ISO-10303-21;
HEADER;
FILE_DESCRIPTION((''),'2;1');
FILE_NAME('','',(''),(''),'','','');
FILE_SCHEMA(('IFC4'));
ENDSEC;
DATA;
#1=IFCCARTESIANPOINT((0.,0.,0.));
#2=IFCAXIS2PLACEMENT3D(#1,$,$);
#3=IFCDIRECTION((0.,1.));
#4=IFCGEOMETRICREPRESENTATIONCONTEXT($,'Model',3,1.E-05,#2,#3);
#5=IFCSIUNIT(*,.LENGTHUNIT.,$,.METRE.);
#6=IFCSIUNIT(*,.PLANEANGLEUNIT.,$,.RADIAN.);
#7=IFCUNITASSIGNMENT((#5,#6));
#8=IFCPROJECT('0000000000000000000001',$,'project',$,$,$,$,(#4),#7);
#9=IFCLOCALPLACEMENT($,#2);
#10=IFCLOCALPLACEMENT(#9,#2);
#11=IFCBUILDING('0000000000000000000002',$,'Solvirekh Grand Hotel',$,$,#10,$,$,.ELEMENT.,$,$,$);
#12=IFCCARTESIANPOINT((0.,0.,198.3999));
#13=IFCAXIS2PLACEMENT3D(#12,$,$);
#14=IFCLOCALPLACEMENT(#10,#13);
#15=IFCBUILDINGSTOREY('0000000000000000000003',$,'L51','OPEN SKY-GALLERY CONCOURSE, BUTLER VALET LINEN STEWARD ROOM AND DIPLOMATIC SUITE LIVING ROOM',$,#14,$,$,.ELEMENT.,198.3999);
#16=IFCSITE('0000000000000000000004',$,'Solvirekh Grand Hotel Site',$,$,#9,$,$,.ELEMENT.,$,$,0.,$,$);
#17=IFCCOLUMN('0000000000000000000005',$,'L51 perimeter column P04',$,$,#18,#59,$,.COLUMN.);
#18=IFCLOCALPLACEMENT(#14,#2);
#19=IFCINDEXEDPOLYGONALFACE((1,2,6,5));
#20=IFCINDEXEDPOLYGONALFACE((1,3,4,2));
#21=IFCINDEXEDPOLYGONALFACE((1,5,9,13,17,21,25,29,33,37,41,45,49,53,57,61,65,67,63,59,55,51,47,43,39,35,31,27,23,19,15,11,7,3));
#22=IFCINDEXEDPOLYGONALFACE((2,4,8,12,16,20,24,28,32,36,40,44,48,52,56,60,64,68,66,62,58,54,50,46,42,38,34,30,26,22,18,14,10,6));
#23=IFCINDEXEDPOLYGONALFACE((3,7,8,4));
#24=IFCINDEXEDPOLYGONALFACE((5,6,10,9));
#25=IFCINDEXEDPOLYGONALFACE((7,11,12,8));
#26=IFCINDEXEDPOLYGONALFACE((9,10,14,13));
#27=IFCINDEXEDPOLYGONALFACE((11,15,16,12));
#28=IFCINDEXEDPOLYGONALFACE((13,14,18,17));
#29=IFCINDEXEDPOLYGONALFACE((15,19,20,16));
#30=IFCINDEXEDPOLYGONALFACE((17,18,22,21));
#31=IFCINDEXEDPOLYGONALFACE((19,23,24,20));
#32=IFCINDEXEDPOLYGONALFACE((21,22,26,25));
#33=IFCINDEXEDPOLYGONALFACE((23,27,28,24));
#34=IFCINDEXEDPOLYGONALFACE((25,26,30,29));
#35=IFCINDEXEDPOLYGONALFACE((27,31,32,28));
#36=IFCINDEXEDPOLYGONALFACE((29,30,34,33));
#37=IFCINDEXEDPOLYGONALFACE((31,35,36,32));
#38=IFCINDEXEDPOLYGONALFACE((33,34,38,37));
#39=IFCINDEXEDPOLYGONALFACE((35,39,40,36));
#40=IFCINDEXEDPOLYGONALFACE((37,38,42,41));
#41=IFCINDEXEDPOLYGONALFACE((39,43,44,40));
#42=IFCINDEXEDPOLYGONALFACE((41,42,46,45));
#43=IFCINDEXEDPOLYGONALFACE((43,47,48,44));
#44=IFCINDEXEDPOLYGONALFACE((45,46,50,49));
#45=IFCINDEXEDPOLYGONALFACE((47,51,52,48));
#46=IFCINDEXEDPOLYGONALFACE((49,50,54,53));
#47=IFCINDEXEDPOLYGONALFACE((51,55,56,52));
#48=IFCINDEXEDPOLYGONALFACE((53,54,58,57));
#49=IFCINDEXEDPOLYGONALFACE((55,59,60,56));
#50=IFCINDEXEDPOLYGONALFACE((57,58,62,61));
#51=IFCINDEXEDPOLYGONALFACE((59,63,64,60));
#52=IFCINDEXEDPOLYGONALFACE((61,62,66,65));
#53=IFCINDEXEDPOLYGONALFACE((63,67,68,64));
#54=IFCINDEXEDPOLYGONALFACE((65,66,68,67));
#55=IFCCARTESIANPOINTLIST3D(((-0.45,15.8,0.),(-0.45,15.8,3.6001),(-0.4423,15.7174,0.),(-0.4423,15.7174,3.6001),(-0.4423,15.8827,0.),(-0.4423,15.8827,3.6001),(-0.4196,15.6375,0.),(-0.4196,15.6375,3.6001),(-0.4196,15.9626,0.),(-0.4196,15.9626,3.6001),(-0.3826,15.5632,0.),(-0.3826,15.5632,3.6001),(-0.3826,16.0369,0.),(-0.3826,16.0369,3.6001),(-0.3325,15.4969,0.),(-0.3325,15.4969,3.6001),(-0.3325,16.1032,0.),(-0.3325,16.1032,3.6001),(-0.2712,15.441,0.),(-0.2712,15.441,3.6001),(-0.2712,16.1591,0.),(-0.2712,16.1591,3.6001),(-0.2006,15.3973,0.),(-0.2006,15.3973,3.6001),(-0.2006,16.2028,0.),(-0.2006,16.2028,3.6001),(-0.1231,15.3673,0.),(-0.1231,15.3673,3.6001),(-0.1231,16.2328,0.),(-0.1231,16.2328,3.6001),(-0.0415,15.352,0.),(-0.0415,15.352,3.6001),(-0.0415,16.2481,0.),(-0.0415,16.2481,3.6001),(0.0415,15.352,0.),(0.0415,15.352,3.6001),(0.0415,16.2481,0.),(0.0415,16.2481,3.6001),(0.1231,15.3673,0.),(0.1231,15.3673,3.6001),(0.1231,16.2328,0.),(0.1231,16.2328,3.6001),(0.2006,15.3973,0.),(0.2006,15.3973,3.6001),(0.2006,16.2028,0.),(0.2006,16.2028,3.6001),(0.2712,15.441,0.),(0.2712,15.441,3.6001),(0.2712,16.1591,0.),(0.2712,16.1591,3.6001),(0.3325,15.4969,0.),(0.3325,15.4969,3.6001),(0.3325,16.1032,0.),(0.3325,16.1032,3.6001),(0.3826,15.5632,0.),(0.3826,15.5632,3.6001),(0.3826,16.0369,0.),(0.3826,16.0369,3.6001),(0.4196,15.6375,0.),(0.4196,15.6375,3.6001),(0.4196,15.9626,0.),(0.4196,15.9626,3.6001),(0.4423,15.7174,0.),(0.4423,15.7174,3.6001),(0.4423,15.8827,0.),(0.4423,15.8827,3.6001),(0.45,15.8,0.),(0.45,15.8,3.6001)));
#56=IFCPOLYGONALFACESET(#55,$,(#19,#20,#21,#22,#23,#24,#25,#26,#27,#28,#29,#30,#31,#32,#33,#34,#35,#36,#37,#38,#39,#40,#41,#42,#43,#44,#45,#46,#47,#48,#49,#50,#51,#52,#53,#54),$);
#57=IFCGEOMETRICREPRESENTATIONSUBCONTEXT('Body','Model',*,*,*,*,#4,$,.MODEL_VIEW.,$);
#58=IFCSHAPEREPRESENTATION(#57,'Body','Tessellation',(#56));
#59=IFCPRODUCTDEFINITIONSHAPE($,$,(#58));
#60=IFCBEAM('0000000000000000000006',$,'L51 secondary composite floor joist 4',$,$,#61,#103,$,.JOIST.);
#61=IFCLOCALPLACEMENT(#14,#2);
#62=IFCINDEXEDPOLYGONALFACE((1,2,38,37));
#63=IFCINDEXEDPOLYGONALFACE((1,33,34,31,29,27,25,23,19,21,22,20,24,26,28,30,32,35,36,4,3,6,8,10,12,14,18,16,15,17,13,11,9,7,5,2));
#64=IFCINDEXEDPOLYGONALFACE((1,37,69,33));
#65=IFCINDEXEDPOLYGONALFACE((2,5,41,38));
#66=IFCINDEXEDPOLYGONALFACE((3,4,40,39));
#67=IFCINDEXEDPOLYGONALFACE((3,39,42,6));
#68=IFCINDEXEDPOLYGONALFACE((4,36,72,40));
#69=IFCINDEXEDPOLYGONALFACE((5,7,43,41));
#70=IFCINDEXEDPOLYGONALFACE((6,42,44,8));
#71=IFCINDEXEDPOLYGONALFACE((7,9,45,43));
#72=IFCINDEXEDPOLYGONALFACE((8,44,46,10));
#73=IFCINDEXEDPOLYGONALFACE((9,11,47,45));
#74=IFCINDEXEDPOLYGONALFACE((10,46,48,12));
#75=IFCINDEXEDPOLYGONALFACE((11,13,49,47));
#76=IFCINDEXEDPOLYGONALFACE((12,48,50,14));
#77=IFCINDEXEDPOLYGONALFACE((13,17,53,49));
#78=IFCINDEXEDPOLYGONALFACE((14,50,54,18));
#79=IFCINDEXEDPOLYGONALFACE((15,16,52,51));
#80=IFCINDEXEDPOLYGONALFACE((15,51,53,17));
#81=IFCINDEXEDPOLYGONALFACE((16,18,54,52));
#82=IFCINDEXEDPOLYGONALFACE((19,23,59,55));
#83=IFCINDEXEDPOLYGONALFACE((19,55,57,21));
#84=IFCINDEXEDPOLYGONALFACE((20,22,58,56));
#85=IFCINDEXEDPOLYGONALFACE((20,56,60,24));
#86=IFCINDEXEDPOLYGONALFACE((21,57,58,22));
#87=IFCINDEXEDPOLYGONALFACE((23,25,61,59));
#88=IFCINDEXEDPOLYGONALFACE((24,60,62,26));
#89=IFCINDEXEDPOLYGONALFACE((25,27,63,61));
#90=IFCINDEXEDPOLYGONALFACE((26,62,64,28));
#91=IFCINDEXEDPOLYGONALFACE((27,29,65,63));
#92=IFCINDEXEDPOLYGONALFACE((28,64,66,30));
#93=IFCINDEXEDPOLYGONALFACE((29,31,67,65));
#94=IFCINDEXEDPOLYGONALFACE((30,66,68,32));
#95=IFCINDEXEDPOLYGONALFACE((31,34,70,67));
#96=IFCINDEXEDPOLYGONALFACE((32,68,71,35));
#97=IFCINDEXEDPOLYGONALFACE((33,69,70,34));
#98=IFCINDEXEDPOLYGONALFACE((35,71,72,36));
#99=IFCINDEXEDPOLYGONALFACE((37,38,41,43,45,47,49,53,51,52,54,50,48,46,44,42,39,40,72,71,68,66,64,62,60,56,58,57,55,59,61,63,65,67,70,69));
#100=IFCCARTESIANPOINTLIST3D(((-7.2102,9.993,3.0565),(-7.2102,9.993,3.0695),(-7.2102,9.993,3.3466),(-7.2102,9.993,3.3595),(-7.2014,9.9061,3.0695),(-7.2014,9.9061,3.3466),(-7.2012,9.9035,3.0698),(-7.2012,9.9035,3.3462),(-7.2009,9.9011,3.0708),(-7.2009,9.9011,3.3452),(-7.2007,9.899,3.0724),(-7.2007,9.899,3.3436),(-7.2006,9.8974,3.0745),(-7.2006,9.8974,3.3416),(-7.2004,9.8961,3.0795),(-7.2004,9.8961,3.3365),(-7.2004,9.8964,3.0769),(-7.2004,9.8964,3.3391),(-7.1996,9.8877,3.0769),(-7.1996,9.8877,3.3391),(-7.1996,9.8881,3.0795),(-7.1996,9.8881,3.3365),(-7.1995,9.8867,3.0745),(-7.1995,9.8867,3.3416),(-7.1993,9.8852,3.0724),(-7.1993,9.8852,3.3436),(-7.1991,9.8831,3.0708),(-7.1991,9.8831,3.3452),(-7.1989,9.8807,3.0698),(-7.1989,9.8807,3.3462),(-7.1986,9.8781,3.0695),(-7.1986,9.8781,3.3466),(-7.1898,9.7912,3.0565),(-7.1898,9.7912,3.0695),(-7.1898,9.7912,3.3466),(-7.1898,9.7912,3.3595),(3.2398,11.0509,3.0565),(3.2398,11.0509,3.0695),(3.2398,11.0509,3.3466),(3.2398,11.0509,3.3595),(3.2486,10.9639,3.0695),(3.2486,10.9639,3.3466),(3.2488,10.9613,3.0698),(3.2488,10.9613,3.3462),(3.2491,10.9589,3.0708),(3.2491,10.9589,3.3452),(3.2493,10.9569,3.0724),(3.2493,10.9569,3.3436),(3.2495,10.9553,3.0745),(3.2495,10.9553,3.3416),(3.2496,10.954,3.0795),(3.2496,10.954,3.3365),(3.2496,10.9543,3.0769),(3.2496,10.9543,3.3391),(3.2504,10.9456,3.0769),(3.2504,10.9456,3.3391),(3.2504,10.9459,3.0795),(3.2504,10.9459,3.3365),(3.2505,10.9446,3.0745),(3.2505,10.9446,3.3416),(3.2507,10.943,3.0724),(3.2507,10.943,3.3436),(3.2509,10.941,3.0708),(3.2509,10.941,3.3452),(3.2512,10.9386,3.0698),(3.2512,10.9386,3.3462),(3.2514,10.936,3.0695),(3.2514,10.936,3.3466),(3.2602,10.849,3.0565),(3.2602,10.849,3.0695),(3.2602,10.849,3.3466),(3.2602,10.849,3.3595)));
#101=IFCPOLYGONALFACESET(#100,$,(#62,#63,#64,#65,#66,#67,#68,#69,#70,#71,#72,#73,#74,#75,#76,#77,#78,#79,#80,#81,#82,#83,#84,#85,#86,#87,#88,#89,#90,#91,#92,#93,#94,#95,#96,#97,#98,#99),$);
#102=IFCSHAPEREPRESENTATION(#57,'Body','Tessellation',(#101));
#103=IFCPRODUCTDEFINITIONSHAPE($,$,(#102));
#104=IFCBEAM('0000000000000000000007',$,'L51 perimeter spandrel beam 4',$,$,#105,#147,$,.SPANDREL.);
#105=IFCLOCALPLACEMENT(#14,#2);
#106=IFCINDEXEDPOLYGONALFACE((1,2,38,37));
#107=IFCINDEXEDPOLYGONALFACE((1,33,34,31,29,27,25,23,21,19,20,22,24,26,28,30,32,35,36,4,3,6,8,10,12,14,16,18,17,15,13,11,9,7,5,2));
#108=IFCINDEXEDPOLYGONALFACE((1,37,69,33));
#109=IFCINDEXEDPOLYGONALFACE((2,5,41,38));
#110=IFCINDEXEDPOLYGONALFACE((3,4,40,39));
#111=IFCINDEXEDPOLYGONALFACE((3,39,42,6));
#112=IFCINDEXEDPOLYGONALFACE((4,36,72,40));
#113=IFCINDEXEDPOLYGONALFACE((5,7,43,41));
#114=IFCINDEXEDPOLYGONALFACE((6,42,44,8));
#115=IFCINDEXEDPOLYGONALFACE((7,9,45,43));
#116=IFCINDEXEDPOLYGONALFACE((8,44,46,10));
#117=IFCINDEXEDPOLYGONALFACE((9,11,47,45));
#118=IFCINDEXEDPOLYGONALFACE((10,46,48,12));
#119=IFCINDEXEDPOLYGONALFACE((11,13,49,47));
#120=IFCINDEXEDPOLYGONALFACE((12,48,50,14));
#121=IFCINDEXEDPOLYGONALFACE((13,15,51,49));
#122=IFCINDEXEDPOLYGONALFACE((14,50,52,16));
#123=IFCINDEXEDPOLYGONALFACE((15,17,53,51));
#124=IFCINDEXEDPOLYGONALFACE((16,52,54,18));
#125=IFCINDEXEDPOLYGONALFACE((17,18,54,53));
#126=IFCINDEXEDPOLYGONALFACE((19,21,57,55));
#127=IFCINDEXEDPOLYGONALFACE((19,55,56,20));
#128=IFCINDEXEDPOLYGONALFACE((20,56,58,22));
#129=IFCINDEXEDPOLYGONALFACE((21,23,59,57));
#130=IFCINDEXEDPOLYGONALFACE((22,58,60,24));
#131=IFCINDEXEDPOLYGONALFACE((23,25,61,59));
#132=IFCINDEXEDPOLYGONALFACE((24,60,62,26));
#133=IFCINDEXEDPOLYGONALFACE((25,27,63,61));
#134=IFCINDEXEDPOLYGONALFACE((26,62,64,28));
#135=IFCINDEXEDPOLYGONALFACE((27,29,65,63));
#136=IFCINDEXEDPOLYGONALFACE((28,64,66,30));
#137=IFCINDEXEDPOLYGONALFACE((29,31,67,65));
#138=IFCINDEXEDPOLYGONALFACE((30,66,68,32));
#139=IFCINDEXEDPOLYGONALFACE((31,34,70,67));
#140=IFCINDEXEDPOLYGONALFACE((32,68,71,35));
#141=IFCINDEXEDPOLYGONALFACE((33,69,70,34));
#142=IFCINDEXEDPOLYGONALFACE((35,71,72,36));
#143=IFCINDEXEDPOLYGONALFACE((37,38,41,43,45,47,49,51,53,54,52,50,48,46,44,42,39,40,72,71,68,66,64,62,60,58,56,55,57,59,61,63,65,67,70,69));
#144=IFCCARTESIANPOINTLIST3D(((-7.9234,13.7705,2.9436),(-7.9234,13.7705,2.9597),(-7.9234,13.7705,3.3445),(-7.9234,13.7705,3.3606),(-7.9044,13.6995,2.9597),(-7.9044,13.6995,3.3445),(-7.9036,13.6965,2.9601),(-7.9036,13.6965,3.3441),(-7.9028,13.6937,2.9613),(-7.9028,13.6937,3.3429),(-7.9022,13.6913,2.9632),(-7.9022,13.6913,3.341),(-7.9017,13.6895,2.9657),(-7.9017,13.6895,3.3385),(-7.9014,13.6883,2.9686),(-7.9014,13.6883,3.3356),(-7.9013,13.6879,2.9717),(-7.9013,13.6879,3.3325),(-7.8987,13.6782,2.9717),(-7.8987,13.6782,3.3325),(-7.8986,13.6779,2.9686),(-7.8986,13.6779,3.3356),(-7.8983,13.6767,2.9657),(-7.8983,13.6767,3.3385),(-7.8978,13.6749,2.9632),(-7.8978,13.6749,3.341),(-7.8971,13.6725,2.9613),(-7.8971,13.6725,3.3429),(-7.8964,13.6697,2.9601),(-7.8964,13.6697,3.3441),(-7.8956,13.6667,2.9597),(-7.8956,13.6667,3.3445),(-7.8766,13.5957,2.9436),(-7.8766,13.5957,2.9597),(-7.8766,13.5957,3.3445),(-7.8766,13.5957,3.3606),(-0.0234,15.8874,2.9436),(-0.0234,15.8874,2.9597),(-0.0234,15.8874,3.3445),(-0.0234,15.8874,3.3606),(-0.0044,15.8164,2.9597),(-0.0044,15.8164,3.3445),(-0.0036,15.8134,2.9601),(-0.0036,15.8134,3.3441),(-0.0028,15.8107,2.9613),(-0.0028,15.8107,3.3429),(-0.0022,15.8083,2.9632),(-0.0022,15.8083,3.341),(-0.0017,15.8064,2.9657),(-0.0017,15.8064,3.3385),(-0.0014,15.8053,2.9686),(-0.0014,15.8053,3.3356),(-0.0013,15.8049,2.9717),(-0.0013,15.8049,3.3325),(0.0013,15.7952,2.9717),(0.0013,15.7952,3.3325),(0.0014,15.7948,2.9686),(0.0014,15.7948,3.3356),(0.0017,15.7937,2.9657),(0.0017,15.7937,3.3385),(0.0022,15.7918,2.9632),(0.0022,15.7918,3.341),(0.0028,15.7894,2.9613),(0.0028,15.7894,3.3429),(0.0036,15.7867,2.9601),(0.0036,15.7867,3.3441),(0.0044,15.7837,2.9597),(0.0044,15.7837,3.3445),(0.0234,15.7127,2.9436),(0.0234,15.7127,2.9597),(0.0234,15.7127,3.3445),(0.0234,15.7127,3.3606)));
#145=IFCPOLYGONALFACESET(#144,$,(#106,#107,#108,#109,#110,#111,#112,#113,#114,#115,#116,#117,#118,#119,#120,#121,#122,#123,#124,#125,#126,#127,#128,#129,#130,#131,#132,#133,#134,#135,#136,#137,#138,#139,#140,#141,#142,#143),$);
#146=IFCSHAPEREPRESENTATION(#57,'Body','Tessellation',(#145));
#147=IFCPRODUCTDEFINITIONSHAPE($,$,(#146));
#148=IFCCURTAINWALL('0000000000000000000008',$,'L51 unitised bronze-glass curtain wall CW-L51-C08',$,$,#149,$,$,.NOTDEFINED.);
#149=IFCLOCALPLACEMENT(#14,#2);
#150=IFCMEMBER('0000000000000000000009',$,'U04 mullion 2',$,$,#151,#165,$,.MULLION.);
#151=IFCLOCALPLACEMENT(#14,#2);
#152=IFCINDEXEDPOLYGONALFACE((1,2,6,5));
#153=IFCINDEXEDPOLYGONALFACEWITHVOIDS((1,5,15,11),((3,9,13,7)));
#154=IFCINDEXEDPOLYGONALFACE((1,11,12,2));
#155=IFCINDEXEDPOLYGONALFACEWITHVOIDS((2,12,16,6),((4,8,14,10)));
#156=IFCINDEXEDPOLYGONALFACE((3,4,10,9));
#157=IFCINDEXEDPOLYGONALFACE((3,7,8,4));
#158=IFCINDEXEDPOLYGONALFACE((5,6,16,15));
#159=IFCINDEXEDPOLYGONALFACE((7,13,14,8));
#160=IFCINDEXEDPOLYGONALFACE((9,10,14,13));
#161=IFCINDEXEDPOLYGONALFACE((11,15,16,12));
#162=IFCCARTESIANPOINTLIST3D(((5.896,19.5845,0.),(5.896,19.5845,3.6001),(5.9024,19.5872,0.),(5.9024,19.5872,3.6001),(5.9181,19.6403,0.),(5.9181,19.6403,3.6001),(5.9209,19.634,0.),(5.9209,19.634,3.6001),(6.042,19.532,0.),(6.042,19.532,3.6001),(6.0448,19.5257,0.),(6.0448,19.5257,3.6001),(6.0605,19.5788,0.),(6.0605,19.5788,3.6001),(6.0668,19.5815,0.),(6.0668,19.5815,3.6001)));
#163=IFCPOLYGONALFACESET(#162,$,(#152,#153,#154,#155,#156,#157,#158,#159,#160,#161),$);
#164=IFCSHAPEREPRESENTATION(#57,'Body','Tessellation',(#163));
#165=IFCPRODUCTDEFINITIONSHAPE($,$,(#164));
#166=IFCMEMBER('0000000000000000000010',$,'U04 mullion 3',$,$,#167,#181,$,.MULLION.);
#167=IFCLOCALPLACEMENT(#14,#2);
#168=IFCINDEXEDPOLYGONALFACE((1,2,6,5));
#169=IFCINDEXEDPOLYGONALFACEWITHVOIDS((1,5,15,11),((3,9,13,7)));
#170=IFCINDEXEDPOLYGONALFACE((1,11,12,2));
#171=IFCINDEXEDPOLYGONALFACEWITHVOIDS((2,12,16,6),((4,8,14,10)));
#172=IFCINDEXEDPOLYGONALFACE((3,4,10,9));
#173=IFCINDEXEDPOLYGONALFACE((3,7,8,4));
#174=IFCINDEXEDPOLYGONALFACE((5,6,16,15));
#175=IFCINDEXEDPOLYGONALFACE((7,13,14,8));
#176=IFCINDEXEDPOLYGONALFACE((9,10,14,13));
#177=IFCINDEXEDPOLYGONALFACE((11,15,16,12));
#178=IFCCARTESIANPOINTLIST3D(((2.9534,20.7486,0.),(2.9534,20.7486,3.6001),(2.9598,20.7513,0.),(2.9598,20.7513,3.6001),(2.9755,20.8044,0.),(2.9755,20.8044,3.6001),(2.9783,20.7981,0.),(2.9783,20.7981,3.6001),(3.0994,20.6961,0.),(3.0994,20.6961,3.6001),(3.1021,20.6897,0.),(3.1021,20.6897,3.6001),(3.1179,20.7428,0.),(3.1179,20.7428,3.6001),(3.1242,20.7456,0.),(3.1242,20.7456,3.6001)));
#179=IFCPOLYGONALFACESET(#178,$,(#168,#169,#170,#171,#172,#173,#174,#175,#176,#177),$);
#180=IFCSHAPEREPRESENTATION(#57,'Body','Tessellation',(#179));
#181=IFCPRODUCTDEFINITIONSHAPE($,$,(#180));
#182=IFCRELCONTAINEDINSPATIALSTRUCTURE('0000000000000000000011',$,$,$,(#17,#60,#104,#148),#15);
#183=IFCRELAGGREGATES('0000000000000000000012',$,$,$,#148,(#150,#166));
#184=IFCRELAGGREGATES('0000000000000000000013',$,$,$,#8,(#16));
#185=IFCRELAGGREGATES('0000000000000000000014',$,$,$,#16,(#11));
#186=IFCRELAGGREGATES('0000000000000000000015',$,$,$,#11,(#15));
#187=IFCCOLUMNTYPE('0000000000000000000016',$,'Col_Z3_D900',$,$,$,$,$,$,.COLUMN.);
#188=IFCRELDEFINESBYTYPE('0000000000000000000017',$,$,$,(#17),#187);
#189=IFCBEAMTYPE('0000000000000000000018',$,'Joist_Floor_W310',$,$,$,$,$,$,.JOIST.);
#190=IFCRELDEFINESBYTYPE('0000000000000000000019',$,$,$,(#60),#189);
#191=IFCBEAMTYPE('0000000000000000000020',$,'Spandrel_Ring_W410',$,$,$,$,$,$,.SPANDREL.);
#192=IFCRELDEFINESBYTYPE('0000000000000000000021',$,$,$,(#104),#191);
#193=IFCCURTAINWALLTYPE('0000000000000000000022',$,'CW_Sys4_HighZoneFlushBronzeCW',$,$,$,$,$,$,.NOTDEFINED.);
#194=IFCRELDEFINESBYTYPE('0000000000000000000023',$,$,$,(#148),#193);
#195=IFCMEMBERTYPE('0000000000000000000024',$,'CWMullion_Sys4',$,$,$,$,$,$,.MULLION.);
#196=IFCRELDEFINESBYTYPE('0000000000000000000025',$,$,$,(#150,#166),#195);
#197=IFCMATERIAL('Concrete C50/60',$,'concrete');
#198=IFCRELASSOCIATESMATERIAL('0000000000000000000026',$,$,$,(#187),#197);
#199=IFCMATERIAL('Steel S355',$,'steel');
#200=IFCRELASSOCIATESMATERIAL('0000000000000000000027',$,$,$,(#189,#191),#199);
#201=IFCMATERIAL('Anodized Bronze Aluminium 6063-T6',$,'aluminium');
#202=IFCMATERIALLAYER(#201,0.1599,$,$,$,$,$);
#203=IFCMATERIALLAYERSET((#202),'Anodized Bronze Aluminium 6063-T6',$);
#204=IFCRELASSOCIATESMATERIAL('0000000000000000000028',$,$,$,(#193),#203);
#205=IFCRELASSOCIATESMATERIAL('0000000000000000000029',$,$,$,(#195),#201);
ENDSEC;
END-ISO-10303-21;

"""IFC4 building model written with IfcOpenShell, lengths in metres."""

from ifc_helpers import new_model, si_unit, direction, frame, origin, origin_2d, place, context, subcontext, project, spatial, hollow_rectangle, circle, i_section, extrude, source, transform, mapped, material, layer, layer_set, material_profile, profile_set, type_object, element, aggregate, save


model = new_model("IFC4")

# Units and contexts
model_context = context("Model", 3, precision=1e-05, world=origin(), true_north=direction((0.0, 1.0)))
body_context = subcontext(model_context, "Body", "Model", "MODEL_VIEW")
ifc_project = project(units=[si_unit("LENGTHUNIT", "METRE"), si_unit("PLANEANGLEUNIT", "RADIAN")], contexts=[model_context])

# Site, building, storey
site_placement = place(None, origin())
site = spatial("IfcSite", under=ifc_project, at=site_placement, Name="Solvirekh Grand Hotel Site", CompositionType="ELEMENT", RefElevation=0.0)
building_placement = place(site_placement, origin())
building = spatial("IfcBuilding", under=site, at=building_placement, Name="Solvirekh Grand Hotel", CompositionType="ELEMENT")
storey_placement = place(building_placement, frame((0.0, 0.0, 198.3999)))
storey = spatial("IfcBuildingStorey", under=building, at=storey_placement, Name="L51", Description="OPEN SKY-GALLERY CONCOURSE, BUTLER VALET LINEN STEWARD ROOM AND DIPLOMATIC SUITE LIVING ROOM", CompositionType="ELEMENT", Elevation=198.3999)

# Column
ifc_material_1 = material(Name="Concrete C50/60", Category="concrete")
ifc_material_profile_1 = material_profile(ifc_material_1, circle(Radius=0.45, at=origin_2d()), Name="RC CIRC D900")
ifc_profile_set_1 = profile_set([ifc_material_profile_1], Name="Concrete C50/60")
column_type = type_object("IfcColumnType", Name="Col_Z3_D900", PredefinedType="COLUMN", material=ifc_profile_set_1)
column_placement = place(storey_placement, frame((0.0, 15.8, 0.0), z_axis=(0.0, 0.0, 1.0), x_axis=(1.0, 0.0, 0.0)))
element("IfcColumn", 1, at=column_placement, inside=storey, type_object=column_type, Name="L51 perimeter column P04", PredefinedType="COLUMN", context=body_context, shape_type="SweptSolid", body=[
    extrude(circle(Radius=0.45, at=origin_2d()), origin(), (0.0, 0.0, 1.0), 3.6001),
])

# Beams
ifc_material_2 = material(Name="Steel S355", Category="steel")
ifc_material_profile_2 = material_profile(ifc_material_2, i_section(OverallWidth=0.2029, OverallDepth=0.303, WebThickness=0.0081, FlangeThickness=0.0129, FilletRadius=0.01, at=origin_2d()), Name="W310X60")
ifc_profile_set_2 = profile_set([ifc_material_profile_2], Name="Steel S355")
beam_type_1 = type_object("IfcBeamType", Name="Joist_Floor_W310", PredefinedType="JOIST", material=ifc_profile_set_2)
beam_1_placement = place(storey_placement, frame((3.25, 10.95, 3.208), z_axis=(-0.994915, -0.100716, 0.0), x_axis=(0.100716, -0.994915, 0.0)))
element("IfcBeam", 2, at=beam_1_placement, inside=storey, type_object=beam_type_1, Name="L51 secondary composite floor joist 4", PredefinedType="JOIST", context=body_context, shape_type="SweptSolid", body=[
    extrude(i_section(OverallWidth=0.2029, OverallDepth=0.303, WebThickness=0.0081, FlangeThickness=0.0129, FilletRadius=0.01, at=origin_2d()), origin(), (0.0, 0.0, 1.0), 10.5034),
])
ifc_material_profile_3 = material_profile(ifc_material_2, i_section(OverallWidth=0.1809, OverallDepth=0.417, WebThickness=0.01, FlangeThickness=0.0161, FilletRadius=0.012, at=origin_2d()), Name="W410X85")
ifc_profile_set_3 = profile_set([ifc_material_profile_3], Name="Steel S355")
beam_type_2 = type_object("IfcBeamType", Name="Spandrel_Ring_W410", PredefinedType="SPANDREL", material=ifc_profile_set_3)
beam_2_placement = place(storey_placement, frame((0.0, 15.8, 3.1521), z_axis=(-0.965921, -0.258839, 0.0), x_axis=(0.258839, -0.965921, 0.0)))
element("IfcBeam", 3, at=beam_2_placement, inside=storey, type_object=beam_type_2, Name="L51 perimeter spandrel beam 4", PredefinedType="SPANDREL", context=body_context, shape_type="SweptSolid", body=[
    extrude(i_section(OverallWidth=0.1809, OverallDepth=0.417, WebThickness=0.01, FlangeThickness=0.0161, FilletRadius=0.012, at=origin_2d()), origin(), (0.0, 0.0, 1.0), 8.1787),
])

# Curtain wall, members
ifc_material_3 = material(Name="Anodized Bronze Aluminium 6063-T6", Category="aluminium")
ifc_layer_1 = layer(ifc_material_3, 0.1599)
ifc_layer_set_1 = layer_set([ifc_layer_1], Name="Anodized Bronze Aluminium 6063-T6")
curtain_wall_type = type_object("IfcCurtainWallType", Name="CW_Sys4_HighZoneFlushBronzeCW", PredefinedType="NOTDEFINED", material=ifc_layer_set_1)
curtain_wall_placement = place(storey_placement, origin())
curtain_wall = element("IfcCurtainWall", 4, at=curtain_wall_placement, inside=storey, type_object=curtain_wall_type, Name="L51 unitised bronze-glass curtain wall CW-L51-C08", PredefinedType="NOTDEFINED")
ifc_material_profile_4 = material_profile(ifc_material_3, hollow_rectangle(XDim=0.0601, YDim=0.1599, WallThickness=0.0049, at=origin_2d()), Name="ALU RHS 160X60X5")
ifc_profile_set_4 = profile_set([ifc_material_profile_4], Name="Anodized Bronze Aluminium 6063-T6")
member_type_1 = type_object("IfcMemberType", Name="CWMullion_Sys4", PredefinedType="MULLION", material=ifc_profile_set_4)
shared_shape_1 = source(origin(), body_context, "Body", "SweptSolid", [
    extrude(hollow_rectangle(XDim=0.0601, YDim=0.1599, WallThickness=0.0049, at=origin_2d()), origin(), (0.0, 0.0, 1.0), 3.6001),
])
member_1_placement = place(storey_placement, frame((5.9814, 19.583, 0.0), z_axis=(0.0, 0.0, 1.0), x_axis=(-0.367826, -0.929895, 0.0)))
member_1 = element("IfcMember", 5, at=member_1_placement, type_object=member_type_1, Name="U04 mullion 2", PredefinedType="MULLION", context=body_context, shape_type="MappedRepresentation", body=[
    mapped(shared_shape_1, transform((0.0, 0.0, 0.0), x_axis=(1.0, 0.0, 0.0), y_axis=(0.0, 1.0, 0.0), z_axis=(0.0, 0.0, 1.0), scale=1.0)),
])
member_2_placement = place(storey_placement, frame((3.0388, 20.7471, 0.0), z_axis=(0.0, 0.0, 1.0), x_axis=(-0.367826, -0.929895, 0.0)))
member_2 = element("IfcMember", 6, at=member_2_placement, type_object=member_type_1, Name="U04 mullion 3", PredefinedType="MULLION", context=body_context, shape_type="MappedRepresentation", body=[
    mapped(shared_shape_1, transform((0.0, 0.0, 0.0), x_axis=(1.0, 0.0, 0.0), y_axis=(0.0, 1.0, 0.0), z_axis=(0.0, 0.0, 1.0), scale=1.0)),
])
aggregate(curtain_wall, [member_1, member_2])

save(model, "model.ifc")
